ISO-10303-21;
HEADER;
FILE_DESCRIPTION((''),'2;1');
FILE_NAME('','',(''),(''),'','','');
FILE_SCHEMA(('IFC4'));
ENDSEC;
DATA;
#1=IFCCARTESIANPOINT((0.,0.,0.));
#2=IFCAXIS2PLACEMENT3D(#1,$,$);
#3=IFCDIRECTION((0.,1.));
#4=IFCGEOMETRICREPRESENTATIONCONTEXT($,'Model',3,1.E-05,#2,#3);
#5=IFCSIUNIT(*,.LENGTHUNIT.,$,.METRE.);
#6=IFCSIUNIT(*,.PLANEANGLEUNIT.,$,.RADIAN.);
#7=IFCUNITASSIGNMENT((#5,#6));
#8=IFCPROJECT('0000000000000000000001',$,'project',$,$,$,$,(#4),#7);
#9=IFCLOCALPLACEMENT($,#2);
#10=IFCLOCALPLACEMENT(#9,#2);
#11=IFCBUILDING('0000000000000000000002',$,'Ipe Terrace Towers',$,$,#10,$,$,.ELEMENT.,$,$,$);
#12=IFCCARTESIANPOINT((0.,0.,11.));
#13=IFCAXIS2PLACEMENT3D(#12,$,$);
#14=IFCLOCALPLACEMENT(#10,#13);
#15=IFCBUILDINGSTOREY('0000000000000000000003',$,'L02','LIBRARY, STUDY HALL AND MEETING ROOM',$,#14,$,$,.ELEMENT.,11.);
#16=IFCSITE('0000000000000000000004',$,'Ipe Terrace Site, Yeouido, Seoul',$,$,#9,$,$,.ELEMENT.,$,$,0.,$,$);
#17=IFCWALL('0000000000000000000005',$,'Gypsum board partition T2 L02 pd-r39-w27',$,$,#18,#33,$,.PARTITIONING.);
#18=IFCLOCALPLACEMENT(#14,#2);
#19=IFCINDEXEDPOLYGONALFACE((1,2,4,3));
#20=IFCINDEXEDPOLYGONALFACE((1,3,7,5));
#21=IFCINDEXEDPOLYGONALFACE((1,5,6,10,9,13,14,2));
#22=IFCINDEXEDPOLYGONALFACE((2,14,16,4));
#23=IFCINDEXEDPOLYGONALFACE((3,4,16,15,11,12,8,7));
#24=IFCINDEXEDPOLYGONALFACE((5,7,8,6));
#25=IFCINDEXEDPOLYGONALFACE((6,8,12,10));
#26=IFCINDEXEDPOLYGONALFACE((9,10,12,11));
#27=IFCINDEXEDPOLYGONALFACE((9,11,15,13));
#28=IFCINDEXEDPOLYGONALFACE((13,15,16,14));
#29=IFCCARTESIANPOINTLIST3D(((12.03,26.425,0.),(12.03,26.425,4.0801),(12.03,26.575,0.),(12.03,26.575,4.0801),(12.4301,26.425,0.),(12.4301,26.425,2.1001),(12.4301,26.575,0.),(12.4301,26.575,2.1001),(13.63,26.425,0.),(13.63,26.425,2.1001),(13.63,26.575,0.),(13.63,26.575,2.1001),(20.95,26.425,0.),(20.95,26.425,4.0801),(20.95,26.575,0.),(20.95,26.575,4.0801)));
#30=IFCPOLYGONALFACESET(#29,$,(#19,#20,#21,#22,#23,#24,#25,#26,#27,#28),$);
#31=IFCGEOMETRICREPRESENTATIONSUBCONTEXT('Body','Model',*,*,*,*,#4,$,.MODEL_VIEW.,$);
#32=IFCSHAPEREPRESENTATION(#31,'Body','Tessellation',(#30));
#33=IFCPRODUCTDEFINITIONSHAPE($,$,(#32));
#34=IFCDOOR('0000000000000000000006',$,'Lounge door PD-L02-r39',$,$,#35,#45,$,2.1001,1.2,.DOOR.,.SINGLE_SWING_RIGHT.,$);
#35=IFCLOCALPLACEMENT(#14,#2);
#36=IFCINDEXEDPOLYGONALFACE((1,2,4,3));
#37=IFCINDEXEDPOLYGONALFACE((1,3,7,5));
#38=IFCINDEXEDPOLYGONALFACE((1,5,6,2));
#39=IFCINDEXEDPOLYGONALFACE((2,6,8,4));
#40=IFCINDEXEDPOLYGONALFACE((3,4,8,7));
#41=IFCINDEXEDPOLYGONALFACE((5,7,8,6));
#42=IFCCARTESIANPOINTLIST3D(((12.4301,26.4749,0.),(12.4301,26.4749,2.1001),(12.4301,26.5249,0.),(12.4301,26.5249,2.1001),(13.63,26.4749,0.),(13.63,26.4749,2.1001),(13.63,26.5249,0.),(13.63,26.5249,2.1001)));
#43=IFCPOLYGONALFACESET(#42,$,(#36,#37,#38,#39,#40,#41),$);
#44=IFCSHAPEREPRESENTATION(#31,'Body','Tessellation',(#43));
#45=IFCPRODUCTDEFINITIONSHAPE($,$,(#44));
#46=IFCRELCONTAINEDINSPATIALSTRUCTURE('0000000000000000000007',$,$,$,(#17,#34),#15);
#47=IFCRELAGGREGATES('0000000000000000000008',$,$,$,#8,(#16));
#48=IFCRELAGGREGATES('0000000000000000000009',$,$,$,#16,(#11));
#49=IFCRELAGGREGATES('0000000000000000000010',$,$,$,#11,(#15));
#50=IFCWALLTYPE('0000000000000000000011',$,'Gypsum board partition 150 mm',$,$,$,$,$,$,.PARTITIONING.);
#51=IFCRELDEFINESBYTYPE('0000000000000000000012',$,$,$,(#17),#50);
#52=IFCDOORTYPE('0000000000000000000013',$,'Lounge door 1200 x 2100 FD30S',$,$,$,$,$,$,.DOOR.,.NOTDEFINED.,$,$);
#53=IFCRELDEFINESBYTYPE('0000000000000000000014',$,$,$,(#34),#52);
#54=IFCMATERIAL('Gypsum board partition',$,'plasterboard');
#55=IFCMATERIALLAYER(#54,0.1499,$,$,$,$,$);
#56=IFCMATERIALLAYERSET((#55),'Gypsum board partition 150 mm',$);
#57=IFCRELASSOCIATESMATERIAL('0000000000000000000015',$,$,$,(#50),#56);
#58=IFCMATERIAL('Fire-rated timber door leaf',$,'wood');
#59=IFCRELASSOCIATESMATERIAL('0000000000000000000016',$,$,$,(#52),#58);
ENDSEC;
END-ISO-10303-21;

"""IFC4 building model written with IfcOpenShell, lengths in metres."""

from ifc_helpers import new_model, si_unit, direction, frame, frame_2d, origin, place, context, subcontext, project, spatial, rectangle, extrude, material, layer, layer_set, type_object, element, fill, save


model = new_model("IFC4")

# Units and contexts
model_context = context("Model", 3, precision=1e-05, world=origin(), true_north=direction((0.0, 1.0)))
body_context = subcontext(model_context, "Body", "Model", "MODEL_VIEW")
ifc_project = project(units=[si_unit("LENGTHUNIT", "METRE"), si_unit("PLANEANGLEUNIT", "RADIAN")], contexts=[model_context])

# Site, building, storey
site_placement = place(None, origin())
site = spatial("IfcSite", under=ifc_project, at=site_placement, Name="Ipe Terrace Site, Yeouido, Seoul", CompositionType="ELEMENT", RefElevation=0.0)
building_placement = place(site_placement, origin())
building = spatial("IfcBuilding", under=site, at=building_placement, Name="Ipe Terrace Towers", CompositionType="ELEMENT")
storey_placement = place(building_placement, frame((0.0, 0.0, 11.0)))
storey = spatial("IfcBuildingStorey", under=building, at=storey_placement, Name="L02", Description="LIBRARY, STUDY HALL AND MEETING ROOM", CompositionType="ELEMENT", Elevation=11.0)

# Shared definitions
ifc_material_1 = material(Name="Gypsum board partition", Category="plasterboard")
ifc_layer_1 = layer(ifc_material_1, 0.1499)
ifc_layer_set_1 = layer_set([ifc_layer_1], Name="Gypsum board partition 150 mm")
wall_type = type_object("IfcWallType", Name="Gypsum board partition 150 mm", PredefinedType="PARTITIONING", material=ifc_layer_set_1)

# Shared definitions
ifc_material_2 = material(Name="Fire-rated timber door leaf", Category="wood")
door_type_1 = type_object("IfcDoorType", Name="Lounge door 1200 x 2100 FD30S", OperationType="NOTDEFINED", PredefinedType="DOOR", material=ifc_material_2)

# Wall, opening, door
wall_1_placement = place(storey_placement, frame((12.03, 26.5, 0.0), z_axis=(0.0, 0.0, 1.0), x_axis=(1.0, 0.0, 0.0)))
wall_1 = element("IfcWall", 1, at=wall_1_placement, inside=storey, type_object=wall_type, Name="Gypsum board partition T2 L02 pd-r39-w27", PredefinedType="PARTITIONING", context=body_context, shape_type="SweptSolid", body=[
    extrude(rectangle(XDim=8.9199, YDim=0.1499, at=frame_2d((4.46, 0.0))), origin(), (0.0, 0.0, 1.0), 4.0801),
])
opening_1_placement = place(wall_1_placement, frame((0.3999, 0.0, 0.0)))
opening_1 = element("IfcOpeningElement", 2, at=opening_1_placement, cuts=wall_1, PredefinedType="OPENING", context=body_context, shape_type="SweptSolid", body=[
    extrude(rectangle(XDim=1.2, YDim=2.1001, at=frame_2d((0.6001, 1.05))), frame((0.0, 0.085, 0.0), z_axis=(0.0, -1.0, 0.0), x_axis=(1.0, 0.0, 0.0)), (0.0, 0.0, 1.0), 0.1699),
])
door_1_placement = place(opening_1_placement, origin())
door_1 = element("IfcDoor", 3, at=door_1_placement, inside=storey, type_object=door_type_1, Name="Lounge door PD-L02-r39", OperationType="SINGLE_SWING_RIGHT", OverallHeight=2.1001, OverallWidth=1.2, PredefinedType="DOOR", context=body_context, shape_type="SweptSolid", body=[
    extrude(rectangle(XDim=1.2, YDim=2.1001, at=frame_2d((0.6001, 1.05))), frame((0.0, 0.0249, 0.0), z_axis=(0.0, -1.0, 0.0), x_axis=(1.0, 0.0, 0.0)), (0.0, 0.0, 1.0), 0.05),
])
fill(opening_1, door_1)

save(model, "model.ifc")
